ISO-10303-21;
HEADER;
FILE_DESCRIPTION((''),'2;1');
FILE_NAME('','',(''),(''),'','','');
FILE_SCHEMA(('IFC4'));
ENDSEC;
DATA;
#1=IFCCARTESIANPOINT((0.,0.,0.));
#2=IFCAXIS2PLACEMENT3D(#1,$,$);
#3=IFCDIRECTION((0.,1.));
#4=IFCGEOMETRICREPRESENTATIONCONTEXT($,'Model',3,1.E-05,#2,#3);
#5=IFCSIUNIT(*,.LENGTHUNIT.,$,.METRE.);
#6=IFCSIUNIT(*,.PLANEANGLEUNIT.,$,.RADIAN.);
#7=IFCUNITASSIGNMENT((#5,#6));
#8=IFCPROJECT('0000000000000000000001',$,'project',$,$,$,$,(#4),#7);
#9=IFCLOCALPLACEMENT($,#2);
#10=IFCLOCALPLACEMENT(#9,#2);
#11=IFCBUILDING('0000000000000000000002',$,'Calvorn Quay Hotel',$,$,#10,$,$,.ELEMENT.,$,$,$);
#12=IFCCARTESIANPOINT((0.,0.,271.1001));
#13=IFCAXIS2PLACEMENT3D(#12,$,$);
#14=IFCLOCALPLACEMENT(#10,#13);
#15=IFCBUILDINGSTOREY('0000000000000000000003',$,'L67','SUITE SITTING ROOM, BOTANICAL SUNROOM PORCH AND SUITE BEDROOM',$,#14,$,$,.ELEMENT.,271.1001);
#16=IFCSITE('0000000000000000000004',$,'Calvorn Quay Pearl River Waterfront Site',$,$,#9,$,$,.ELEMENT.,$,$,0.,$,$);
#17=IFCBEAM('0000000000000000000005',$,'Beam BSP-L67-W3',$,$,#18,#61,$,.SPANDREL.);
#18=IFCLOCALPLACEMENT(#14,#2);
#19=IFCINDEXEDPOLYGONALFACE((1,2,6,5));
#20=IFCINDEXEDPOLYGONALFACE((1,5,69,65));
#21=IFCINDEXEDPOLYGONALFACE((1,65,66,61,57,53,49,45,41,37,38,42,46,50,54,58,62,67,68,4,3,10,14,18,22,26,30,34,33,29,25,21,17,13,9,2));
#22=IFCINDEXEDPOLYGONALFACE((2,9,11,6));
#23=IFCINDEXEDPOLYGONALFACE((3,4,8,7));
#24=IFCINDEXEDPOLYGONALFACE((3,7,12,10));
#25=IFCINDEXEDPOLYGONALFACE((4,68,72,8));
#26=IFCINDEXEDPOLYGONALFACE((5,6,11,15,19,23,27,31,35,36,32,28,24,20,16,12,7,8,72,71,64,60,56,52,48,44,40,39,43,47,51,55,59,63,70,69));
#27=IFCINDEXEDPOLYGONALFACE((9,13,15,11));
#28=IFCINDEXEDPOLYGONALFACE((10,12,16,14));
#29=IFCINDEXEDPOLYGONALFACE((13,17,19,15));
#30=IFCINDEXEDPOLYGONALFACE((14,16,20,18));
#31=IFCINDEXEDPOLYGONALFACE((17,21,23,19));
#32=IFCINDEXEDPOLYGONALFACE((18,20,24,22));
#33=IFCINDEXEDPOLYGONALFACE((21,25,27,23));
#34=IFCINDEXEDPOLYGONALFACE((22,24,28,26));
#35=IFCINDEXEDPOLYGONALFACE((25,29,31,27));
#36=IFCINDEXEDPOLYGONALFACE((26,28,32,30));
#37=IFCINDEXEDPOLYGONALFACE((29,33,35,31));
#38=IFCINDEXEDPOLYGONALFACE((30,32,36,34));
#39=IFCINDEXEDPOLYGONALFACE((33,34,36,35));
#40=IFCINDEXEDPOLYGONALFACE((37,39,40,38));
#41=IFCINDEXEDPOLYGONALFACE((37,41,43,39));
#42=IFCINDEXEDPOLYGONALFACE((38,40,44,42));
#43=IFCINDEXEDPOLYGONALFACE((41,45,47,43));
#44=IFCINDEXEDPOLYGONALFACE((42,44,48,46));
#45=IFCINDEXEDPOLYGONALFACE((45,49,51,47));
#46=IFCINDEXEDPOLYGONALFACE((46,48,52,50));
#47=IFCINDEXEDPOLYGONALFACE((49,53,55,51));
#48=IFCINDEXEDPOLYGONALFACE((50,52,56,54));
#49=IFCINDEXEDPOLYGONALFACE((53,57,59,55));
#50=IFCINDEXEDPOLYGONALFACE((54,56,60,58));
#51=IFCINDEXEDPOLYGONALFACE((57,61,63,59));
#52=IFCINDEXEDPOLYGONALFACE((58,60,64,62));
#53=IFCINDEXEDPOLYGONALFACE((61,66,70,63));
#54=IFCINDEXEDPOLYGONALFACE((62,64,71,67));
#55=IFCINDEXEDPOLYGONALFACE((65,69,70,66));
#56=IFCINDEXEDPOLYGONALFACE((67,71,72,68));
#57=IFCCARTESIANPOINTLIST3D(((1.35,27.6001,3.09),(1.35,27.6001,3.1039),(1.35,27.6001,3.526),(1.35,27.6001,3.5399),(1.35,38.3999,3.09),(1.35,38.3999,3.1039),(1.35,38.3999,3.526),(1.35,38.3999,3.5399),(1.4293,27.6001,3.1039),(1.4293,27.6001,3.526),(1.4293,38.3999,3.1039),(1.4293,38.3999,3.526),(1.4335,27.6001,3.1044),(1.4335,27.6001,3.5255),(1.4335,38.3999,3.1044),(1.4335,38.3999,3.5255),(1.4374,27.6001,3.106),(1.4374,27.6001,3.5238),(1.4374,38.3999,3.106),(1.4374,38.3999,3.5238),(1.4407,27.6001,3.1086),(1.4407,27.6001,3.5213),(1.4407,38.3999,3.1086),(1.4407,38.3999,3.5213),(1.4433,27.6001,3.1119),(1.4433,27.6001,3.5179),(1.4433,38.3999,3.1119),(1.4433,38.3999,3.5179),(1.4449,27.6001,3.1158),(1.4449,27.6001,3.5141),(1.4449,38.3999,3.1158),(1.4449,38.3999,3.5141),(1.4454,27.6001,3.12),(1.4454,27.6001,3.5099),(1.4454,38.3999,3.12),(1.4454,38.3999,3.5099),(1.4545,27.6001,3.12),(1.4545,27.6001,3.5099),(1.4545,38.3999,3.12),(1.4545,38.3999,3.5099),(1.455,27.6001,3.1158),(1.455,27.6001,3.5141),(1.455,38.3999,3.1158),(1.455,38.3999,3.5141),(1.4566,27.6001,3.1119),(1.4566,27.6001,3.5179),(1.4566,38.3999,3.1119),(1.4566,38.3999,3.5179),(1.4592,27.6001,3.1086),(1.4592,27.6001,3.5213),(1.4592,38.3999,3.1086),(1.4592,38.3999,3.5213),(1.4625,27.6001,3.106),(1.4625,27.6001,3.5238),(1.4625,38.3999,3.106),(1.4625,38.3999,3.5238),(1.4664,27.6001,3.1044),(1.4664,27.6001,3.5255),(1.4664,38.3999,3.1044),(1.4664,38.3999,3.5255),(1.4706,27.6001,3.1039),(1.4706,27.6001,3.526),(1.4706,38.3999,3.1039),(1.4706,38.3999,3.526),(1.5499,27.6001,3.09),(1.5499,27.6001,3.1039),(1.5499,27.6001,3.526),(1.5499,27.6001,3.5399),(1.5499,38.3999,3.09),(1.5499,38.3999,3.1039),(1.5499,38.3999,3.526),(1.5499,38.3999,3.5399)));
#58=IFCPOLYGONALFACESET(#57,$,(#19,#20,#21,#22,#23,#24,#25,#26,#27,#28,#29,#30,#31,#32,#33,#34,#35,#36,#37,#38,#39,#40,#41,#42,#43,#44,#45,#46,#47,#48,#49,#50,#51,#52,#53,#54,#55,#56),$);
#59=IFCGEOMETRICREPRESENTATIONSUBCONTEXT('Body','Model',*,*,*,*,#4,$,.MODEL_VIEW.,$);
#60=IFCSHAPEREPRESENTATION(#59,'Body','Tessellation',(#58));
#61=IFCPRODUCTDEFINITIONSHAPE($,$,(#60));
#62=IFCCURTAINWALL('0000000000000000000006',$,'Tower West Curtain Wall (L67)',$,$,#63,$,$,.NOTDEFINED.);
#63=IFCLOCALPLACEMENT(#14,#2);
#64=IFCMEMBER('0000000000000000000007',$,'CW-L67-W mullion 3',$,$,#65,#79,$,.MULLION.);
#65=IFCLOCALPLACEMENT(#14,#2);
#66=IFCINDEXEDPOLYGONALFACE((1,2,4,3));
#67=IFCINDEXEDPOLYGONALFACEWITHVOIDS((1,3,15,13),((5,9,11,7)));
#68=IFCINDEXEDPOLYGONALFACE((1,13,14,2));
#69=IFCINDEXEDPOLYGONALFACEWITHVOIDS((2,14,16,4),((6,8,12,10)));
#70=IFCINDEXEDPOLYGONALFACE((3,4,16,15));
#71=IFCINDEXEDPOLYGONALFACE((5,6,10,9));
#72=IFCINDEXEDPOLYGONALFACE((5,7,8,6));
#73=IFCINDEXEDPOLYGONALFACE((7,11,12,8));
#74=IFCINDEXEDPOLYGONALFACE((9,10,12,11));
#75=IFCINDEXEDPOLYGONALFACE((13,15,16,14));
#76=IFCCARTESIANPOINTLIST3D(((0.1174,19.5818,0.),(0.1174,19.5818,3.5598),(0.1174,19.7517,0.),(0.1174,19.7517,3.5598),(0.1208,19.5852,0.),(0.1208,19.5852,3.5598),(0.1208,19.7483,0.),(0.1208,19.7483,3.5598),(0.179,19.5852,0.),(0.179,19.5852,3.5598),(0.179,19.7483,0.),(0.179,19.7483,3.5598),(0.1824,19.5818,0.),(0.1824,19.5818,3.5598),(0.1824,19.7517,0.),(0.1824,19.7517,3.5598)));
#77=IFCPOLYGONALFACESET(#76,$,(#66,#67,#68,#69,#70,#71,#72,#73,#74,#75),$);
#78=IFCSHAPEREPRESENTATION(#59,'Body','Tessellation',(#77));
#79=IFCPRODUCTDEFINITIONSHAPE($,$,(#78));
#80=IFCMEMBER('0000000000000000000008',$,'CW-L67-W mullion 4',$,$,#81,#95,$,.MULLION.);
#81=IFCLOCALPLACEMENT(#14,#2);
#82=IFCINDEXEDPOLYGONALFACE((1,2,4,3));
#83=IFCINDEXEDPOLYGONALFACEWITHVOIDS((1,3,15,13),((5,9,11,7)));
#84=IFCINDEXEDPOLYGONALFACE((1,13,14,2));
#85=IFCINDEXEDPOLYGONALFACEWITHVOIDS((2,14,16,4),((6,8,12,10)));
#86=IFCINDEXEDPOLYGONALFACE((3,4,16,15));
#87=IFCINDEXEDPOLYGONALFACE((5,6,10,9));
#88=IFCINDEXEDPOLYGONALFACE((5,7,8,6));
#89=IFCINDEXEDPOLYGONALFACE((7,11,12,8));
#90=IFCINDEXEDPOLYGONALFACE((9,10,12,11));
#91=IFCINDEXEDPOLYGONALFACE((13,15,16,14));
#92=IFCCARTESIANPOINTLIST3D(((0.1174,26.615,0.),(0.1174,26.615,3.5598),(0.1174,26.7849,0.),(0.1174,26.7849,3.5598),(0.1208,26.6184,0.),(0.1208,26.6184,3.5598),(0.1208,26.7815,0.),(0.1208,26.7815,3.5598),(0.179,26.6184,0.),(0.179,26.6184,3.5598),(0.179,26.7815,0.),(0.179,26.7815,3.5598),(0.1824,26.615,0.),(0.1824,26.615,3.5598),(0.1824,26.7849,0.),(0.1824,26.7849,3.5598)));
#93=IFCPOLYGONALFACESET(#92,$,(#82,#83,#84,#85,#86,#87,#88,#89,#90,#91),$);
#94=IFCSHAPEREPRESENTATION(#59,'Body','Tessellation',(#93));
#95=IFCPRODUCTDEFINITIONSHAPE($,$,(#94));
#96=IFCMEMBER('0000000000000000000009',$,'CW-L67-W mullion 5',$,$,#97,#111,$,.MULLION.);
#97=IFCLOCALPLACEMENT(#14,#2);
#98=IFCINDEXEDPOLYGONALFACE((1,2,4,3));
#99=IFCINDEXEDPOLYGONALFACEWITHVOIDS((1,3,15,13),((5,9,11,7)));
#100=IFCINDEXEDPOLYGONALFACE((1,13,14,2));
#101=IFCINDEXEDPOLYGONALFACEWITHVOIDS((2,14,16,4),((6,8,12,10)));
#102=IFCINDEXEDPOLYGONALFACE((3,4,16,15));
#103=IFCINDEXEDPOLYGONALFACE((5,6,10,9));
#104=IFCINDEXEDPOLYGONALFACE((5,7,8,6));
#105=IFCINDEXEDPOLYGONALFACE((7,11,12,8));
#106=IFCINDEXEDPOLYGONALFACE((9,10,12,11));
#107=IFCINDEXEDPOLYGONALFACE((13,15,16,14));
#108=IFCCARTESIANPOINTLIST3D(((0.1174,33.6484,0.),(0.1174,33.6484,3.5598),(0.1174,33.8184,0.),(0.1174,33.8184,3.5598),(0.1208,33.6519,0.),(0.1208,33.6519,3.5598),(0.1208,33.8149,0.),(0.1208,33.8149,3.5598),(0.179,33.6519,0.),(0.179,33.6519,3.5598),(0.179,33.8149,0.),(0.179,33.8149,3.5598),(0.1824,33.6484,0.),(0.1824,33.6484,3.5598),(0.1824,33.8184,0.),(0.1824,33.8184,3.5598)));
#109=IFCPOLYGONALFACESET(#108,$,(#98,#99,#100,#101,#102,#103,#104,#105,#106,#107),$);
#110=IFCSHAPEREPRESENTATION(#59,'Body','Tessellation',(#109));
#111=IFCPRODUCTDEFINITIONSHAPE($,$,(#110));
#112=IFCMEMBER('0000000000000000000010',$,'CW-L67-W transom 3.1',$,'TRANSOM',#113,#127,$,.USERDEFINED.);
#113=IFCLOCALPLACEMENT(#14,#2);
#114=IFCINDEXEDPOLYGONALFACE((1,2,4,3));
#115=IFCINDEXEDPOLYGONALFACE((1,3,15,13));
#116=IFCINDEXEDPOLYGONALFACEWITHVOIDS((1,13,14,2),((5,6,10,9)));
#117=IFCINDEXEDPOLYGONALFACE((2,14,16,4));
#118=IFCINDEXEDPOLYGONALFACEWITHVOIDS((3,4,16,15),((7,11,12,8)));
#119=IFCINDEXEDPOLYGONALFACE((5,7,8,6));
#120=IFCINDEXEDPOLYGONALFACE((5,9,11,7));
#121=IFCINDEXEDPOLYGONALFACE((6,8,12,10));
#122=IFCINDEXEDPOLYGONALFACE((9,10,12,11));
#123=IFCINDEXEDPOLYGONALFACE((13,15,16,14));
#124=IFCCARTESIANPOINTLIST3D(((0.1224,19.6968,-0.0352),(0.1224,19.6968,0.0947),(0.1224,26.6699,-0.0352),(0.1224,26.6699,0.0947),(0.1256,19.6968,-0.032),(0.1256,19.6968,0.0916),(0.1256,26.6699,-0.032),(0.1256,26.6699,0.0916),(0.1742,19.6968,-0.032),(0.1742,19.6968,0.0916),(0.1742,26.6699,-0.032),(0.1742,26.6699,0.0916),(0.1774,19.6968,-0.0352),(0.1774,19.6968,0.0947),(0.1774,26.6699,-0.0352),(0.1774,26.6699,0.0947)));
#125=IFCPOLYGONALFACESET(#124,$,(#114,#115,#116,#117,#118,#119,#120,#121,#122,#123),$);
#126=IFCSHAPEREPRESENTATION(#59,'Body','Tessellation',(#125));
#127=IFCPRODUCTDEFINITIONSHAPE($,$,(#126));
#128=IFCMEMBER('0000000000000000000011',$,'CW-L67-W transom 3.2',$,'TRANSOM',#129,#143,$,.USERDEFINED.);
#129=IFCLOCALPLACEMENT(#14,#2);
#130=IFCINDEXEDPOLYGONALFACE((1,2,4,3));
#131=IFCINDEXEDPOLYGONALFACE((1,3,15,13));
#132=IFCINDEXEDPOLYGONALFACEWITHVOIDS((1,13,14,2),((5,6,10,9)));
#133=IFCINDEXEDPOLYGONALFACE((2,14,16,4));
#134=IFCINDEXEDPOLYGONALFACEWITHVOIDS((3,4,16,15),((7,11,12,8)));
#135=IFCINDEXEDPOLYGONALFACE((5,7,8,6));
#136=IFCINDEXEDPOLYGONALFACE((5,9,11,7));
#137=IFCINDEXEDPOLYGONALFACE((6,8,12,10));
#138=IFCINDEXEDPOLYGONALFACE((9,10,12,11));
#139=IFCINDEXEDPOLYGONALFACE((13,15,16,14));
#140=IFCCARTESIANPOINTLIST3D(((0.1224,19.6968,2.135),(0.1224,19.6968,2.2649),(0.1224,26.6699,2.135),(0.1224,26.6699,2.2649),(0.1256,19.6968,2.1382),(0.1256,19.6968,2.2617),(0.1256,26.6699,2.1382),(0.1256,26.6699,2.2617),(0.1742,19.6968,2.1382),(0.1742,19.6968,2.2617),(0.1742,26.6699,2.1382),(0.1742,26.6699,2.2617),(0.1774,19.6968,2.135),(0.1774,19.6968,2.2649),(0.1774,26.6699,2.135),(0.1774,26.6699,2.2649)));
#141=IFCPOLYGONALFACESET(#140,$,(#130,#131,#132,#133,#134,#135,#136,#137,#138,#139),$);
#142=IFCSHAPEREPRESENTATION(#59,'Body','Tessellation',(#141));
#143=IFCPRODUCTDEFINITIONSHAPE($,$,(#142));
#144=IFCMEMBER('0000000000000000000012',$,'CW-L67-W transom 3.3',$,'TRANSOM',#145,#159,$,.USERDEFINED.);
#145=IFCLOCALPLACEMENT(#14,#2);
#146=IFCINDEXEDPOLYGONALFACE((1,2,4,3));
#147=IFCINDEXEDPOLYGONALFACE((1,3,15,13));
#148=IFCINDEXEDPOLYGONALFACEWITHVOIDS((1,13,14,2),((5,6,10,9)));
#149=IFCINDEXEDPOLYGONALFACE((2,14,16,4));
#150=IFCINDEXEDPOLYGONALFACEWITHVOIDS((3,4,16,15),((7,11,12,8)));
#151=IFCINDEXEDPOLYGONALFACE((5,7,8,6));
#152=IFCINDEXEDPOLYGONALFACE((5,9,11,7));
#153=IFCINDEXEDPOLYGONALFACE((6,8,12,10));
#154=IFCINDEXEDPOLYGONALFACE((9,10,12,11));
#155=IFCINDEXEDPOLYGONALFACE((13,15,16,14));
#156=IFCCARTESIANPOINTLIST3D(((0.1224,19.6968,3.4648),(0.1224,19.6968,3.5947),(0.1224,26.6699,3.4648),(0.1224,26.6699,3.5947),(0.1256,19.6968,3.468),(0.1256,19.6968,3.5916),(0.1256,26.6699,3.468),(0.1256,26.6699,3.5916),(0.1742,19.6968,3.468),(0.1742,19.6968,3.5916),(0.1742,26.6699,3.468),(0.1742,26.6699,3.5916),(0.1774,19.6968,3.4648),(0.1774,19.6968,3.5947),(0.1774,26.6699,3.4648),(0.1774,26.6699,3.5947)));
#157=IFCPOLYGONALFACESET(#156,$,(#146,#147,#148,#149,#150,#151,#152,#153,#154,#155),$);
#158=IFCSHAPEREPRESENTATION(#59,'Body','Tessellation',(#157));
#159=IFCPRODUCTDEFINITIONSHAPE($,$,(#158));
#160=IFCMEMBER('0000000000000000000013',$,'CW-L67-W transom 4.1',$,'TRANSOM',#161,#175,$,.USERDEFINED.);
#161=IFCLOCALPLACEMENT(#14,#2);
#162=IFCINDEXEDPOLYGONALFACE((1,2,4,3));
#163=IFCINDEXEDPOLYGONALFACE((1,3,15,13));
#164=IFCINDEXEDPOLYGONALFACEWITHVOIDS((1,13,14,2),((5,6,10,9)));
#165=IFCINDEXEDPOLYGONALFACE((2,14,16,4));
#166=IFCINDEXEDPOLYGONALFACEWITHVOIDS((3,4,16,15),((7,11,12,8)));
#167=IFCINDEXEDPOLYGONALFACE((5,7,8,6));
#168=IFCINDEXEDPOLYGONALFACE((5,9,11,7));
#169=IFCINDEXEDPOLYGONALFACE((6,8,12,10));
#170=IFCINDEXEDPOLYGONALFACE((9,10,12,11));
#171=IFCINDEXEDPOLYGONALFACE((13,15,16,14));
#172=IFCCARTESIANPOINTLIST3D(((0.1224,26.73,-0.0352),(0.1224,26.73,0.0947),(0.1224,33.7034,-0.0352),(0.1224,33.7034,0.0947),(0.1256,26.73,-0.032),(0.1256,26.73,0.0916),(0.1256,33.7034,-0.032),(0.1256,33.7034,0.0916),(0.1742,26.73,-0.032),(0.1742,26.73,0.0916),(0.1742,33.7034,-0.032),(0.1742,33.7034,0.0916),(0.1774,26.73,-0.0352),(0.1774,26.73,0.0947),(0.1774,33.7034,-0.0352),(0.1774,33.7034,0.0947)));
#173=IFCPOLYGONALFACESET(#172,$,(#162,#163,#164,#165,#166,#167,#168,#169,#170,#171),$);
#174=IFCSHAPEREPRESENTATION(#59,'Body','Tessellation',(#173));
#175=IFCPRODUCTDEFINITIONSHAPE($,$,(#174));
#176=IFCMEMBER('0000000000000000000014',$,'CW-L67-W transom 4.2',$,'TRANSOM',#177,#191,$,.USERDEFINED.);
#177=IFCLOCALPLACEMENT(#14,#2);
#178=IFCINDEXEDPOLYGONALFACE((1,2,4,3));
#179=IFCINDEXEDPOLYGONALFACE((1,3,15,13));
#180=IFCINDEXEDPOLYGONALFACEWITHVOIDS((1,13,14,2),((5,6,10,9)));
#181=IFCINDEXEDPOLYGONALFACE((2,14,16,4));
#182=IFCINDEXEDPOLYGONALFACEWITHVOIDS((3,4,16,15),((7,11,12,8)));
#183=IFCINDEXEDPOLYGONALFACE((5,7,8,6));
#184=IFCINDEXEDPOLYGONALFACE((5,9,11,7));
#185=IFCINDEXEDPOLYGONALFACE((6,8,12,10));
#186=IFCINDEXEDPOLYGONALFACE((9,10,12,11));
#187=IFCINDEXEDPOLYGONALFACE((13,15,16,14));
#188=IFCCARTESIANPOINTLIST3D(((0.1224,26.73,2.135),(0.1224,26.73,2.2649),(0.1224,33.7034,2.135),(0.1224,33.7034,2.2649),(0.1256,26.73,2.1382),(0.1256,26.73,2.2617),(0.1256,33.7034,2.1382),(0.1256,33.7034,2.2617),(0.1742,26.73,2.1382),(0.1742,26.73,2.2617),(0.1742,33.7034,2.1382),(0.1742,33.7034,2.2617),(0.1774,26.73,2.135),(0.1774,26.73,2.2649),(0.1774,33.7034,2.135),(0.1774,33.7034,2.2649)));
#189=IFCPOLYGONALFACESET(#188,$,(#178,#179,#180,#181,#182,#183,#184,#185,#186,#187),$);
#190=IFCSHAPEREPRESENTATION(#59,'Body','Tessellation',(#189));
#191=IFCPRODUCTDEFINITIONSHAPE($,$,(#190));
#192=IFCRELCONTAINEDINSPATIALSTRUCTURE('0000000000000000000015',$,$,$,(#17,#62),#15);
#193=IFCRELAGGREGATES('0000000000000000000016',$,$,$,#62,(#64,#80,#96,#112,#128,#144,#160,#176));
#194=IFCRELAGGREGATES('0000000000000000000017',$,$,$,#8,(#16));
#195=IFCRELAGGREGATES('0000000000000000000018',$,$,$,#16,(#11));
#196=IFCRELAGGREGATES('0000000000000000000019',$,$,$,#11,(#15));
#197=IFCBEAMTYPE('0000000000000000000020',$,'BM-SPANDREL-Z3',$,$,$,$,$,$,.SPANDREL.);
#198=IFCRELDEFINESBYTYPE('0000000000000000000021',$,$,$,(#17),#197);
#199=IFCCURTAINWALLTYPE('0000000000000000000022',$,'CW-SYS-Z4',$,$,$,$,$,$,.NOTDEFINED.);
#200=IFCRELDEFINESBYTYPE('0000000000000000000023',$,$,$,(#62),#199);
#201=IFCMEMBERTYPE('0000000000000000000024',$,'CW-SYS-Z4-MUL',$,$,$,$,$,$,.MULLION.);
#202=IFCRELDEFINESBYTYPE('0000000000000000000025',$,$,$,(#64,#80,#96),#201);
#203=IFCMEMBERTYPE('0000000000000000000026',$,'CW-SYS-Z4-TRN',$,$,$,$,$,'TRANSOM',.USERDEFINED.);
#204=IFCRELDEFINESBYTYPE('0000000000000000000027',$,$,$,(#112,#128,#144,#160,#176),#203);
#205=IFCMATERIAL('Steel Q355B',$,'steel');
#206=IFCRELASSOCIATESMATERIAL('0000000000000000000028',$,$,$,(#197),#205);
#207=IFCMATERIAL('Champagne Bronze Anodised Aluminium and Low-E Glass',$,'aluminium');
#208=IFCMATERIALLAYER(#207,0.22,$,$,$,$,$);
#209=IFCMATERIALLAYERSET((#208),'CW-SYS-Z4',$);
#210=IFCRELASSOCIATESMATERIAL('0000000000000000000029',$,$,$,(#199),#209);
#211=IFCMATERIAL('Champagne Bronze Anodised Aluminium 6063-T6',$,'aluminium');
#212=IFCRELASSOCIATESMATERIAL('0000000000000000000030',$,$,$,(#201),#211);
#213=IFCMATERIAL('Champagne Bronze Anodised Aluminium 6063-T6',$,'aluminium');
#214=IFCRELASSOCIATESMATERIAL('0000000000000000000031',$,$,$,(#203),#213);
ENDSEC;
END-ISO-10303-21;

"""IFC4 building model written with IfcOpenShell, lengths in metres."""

from ifc_helpers import new_model, si_unit, direction, frame, origin, origin_2d, place, context, subcontext, project, spatial, hollow_rectangle, i_section, extrude, material, layer, layer_set, material_profile, profile_set, type_object, element, aggregate, save


model = new_model("IFC4")

# Units and contexts
model_context = context("Model", 3, precision=1e-05, world=origin(), true_north=direction((0.0, 1.0)))
body_context = subcontext(model_context, "Body", "Model", "MODEL_VIEW")
ifc_project = project(units=[si_unit("LENGTHUNIT", "METRE"), si_unit("PLANEANGLEUNIT", "RADIAN")], contexts=[model_context])

# Site, building, storey
site_placement = place(None, origin())
site = spatial("IfcSite", under=ifc_project, at=site_placement, Name="Calvorn Quay Pearl River Waterfront Site", CompositionType="ELEMENT", RefElevation=0.0)
building_placement = place(site_placement, origin())
building = spatial("IfcBuilding", under=site, at=building_placement, Name="Calvorn Quay Hotel", CompositionType="ELEMENT")
storey_placement = place(building_placement, frame((0.0, 0.0, 271.1001)))
storey = spatial("IfcBuildingStorey", under=building, at=storey_placement, Name="L67", Description="SUITE SITTING ROOM, BOTANICAL SUNROOM PORCH AND SUITE BEDROOM", CompositionType="ELEMENT", Elevation=271.1001)

# Beam
ifc_material_1 = material(Name="Steel Q355B", Category="steel")
ifc_material_profile_1 = material_profile(ifc_material_1, i_section(OverallWidth=0.2, OverallDepth=0.45, WebThickness=0.009, FlangeThickness=0.0139, FilletRadius=0.0161, at=origin_2d()), Name="HN450x200x9x14")
ifc_profile_set_1 = profile_set([ifc_material_profile_1], Name="Steel Q355B")
beam_type_1 = type_object("IfcBeamType", Name="BM-SPANDREL-Z3", PredefinedType="SPANDREL", material=ifc_profile_set_1)
beam_1_placement = place(storey_placement, frame((1.45, 27.6001, 3.3149), z_axis=(0.0, 1.0, 0.0), x_axis=(-1.0, 0.0, 0.0)))
element("IfcBeam", 1, at=beam_1_placement, inside=storey, type_object=beam_type_1, Name="Beam BSP-L67-W3", PredefinedType="SPANDREL", context=body_context, shape_type="SweptSolid", body=[
    extrude(i_section(OverallWidth=0.2, OverallDepth=0.45, WebThickness=0.009, FlangeThickness=0.0139, FilletRadius=0.0161, at=origin_2d()), origin(), (0.0, 0.0, 1.0), 10.7998),
])

# Curtain wall, members
ifc_material_2 = material(Name="Champagne Bronze Anodised Aluminium and Low-E Glass", Category="aluminium")
ifc_layer_1 = layer(ifc_material_2, 0.22)
ifc_layer_set_1 = layer_set([ifc_layer_1], Name="CW-SYS-Z4")
curtain_wall_type = type_object("IfcCurtainWallType", Name="CW-SYS-Z4", PredefinedType="NOTDEFINED", material=ifc_layer_set_1)
curtain_wall_placement = place(storey_placement, origin())
curtain_wall = element("IfcCurtainWall", 2, at=curtain_wall_placement, inside=storey, type_object=curtain_wall_type, Name="Tower West Curtain Wall (L67)", PredefinedType="NOTDEFINED")
ifc_material_3 = material(Name="Champagne Bronze Anodised Aluminium 6063-T6", Category="aluminium")
ifc_material_profile_2 = material_profile(ifc_material_3, hollow_rectangle(XDim=0.0649, YDim=0.1699, WallThickness=0.0034, at=origin_2d()), Name="ALU-M170x65x3.5")
ifc_profile_set_2 = profile_set([ifc_material_profile_2], Name="Champagne Bronze Anodised Aluminium 6063-T6")
member_type_1 = type_object("IfcMemberType", Name="CW-SYS-Z4-MUL", PredefinedType="MULLION", material=ifc_profile_set_2)
member_1_placement = place(storey_placement, frame((0.1499, 19.6667, 0.0), z_axis=(0.0, 0.0, 1.0), x_axis=(-1.0, 0.0, 0.0)))
member_1 = element("IfcMember", 3, at=member_1_placement, type_object=member_type_1, Name="CW-L67-W mullion 3", PredefinedType="MULLION", context=body_context, shape_type="SweptSolid", body=[
    extrude(hollow_rectangle(XDim=0.0649, YDim=0.1699, WallThickness=0.0034, at=origin_2d()), origin(), (0.0, 0.0, 1.0), 3.5598),
])
member_2_placement = place(storey_placement, frame((0.1499, 26.7, 0.0), z_axis=(0.0, 0.0, 1.0), x_axis=(-1.0, 0.0, 0.0)))
member_2 = element("IfcMember", 4, at=member_2_placement, type_object=member_type_1, Name="CW-L67-W mullion 4", PredefinedType="MULLION", context=body_context, shape_type="SweptSolid", body=[
    extrude(hollow_rectangle(XDim=0.0649, YDim=0.1699, WallThickness=0.0034, at=origin_2d()), origin(), (0.0, 0.0, 1.0), 3.5598),
])
member_3_placement = place(storey_placement, frame((0.1499, 33.7334, 0.0), z_axis=(0.0, 0.0, 1.0), x_axis=(-1.0, 0.0, 0.0)))
member_3 = element("IfcMember", 5, at=member_3_placement, type_object=member_type_1, Name="CW-L67-W mullion 5", PredefinedType="MULLION", context=body_context, shape_type="SweptSolid", body=[
    extrude(hollow_rectangle(XDim=0.0649, YDim=0.1699, WallThickness=0.0034, at=origin_2d()), origin(), (0.0, 0.0, 1.0), 3.5598),
])
ifc_material_4 = material(Name="Champagne Bronze Anodised Aluminium 6063-T6", Category="aluminium")
ifc_material_profile_3 = material_profile(ifc_material_4, hollow_rectangle(XDim=0.0549, YDim=0.1299, WallThickness=0.0032, at=origin_2d()), Name="ALU-T130x55x3.2")
ifc_profile_set_3 = profile_set([ifc_material_profile_3], Name="Champagne Bronze Anodised Aluminium 6063-T6")
member_type_2 = type_object("IfcMemberType", Name="CW-SYS-Z4-TRN", ElementType="TRANSOM", PredefinedType="USERDEFINED", material=ifc_profile_set_3)
member_4_placement = place(storey_placement, frame((0.1499, 19.6968, 0.0298), z_axis=(0.0, 1.0, 0.0), x_axis=(-1.0, 0.0, 0.0)))
member_4 = element("IfcMember", 6, at=member_4_placement, type_object=member_type_2, Name="CW-L67-W transom 3.1", ObjectType="TRANSOM", PredefinedType="USERDEFINED", context=body_context, shape_type="SweptSolid", body=[
    extrude(hollow_rectangle(XDim=0.0549, YDim=0.1299, WallThickness=0.0032, at=origin_2d()), origin(), (0.0, 0.0, 1.0), 6.9731),
])
member_5_placement = place(storey_placement, frame((0.1499, 19.6968, 2.2), z_axis=(0.0, 1.0, 0.0), x_axis=(-1.0, 0.0, 0.0)))
member_5 = element("IfcMember", 7, at=member_5_placement, type_object=member_type_2, Name="CW-L67-W transom 3.2", ObjectType="TRANSOM", PredefinedType="USERDEFINED", context=body_context, shape_type="SweptSolid", body=[
    extrude(hollow_rectangle(XDim=0.0549, YDim=0.1299, WallThickness=0.0032, at=origin_2d()), origin(), (0.0, 0.0, 1.0), 6.9731),
])
member_6_placement = place(storey_placement, frame((0.1499, 19.6968, 3.5298), z_axis=(0.0, 1.0, 0.0), x_axis=(-1.0, 0.0, 0.0)))
member_6 = element("IfcMember", 8, at=member_6_placement, type_object=member_type_2, Name="CW-L67-W transom 3.3", ObjectType="TRANSOM", PredefinedType="USERDEFINED", context=body_context, shape_type="SweptSolid", body=[
    extrude(hollow_rectangle(XDim=0.0549, YDim=0.1299, WallThickness=0.0032, at=origin_2d()), origin(), (0.0, 0.0, 1.0), 6.9731),
])
member_7_placement = place(storey_placement, frame((0.1499, 26.73, 0.0298), z_axis=(0.0, 1.0, 0.0), x_axis=(-1.0, 0.0, 0.0)))
member_7 = element("IfcMember", 9, at=member_7_placement, type_object=member_type_2, Name="CW-L67-W transom 4.1", ObjectType="TRANSOM", PredefinedType="USERDEFINED", context=body_context, shape_type="SweptSolid", body=[
    extrude(hollow_rectangle(XDim=0.0549, YDim=0.1299, WallThickness=0.0032, at=origin_2d()), origin(), (0.0, 0.0, 1.0), 6.9734),
])
member_8_placement = place(storey_placement, frame((0.1499, 26.73, 2.2), z_axis=(0.0, 1.0, 0.0), x_axis=(-1.0, 0.0, 0.0)))
member_8 = element("IfcMember", 10, at=member_8_placement, type_object=member_type_2, Name="CW-L67-W transom 4.2", ObjectType="TRANSOM", PredefinedType="USERDEFINED", context=body_context, shape_type="SweptSolid", body=[
    extrude(hollow_rectangle(XDim=0.0549, YDim=0.1299, WallThickness=0.0032, at=origin_2d()), origin(), (0.0, 0.0, 1.0), 6.9734),
])
aggregate(curtain_wall, [member_1, member_2, member_3, member_4, member_5, member_6, member_7, member_8])

save(model, "model.ifc")
